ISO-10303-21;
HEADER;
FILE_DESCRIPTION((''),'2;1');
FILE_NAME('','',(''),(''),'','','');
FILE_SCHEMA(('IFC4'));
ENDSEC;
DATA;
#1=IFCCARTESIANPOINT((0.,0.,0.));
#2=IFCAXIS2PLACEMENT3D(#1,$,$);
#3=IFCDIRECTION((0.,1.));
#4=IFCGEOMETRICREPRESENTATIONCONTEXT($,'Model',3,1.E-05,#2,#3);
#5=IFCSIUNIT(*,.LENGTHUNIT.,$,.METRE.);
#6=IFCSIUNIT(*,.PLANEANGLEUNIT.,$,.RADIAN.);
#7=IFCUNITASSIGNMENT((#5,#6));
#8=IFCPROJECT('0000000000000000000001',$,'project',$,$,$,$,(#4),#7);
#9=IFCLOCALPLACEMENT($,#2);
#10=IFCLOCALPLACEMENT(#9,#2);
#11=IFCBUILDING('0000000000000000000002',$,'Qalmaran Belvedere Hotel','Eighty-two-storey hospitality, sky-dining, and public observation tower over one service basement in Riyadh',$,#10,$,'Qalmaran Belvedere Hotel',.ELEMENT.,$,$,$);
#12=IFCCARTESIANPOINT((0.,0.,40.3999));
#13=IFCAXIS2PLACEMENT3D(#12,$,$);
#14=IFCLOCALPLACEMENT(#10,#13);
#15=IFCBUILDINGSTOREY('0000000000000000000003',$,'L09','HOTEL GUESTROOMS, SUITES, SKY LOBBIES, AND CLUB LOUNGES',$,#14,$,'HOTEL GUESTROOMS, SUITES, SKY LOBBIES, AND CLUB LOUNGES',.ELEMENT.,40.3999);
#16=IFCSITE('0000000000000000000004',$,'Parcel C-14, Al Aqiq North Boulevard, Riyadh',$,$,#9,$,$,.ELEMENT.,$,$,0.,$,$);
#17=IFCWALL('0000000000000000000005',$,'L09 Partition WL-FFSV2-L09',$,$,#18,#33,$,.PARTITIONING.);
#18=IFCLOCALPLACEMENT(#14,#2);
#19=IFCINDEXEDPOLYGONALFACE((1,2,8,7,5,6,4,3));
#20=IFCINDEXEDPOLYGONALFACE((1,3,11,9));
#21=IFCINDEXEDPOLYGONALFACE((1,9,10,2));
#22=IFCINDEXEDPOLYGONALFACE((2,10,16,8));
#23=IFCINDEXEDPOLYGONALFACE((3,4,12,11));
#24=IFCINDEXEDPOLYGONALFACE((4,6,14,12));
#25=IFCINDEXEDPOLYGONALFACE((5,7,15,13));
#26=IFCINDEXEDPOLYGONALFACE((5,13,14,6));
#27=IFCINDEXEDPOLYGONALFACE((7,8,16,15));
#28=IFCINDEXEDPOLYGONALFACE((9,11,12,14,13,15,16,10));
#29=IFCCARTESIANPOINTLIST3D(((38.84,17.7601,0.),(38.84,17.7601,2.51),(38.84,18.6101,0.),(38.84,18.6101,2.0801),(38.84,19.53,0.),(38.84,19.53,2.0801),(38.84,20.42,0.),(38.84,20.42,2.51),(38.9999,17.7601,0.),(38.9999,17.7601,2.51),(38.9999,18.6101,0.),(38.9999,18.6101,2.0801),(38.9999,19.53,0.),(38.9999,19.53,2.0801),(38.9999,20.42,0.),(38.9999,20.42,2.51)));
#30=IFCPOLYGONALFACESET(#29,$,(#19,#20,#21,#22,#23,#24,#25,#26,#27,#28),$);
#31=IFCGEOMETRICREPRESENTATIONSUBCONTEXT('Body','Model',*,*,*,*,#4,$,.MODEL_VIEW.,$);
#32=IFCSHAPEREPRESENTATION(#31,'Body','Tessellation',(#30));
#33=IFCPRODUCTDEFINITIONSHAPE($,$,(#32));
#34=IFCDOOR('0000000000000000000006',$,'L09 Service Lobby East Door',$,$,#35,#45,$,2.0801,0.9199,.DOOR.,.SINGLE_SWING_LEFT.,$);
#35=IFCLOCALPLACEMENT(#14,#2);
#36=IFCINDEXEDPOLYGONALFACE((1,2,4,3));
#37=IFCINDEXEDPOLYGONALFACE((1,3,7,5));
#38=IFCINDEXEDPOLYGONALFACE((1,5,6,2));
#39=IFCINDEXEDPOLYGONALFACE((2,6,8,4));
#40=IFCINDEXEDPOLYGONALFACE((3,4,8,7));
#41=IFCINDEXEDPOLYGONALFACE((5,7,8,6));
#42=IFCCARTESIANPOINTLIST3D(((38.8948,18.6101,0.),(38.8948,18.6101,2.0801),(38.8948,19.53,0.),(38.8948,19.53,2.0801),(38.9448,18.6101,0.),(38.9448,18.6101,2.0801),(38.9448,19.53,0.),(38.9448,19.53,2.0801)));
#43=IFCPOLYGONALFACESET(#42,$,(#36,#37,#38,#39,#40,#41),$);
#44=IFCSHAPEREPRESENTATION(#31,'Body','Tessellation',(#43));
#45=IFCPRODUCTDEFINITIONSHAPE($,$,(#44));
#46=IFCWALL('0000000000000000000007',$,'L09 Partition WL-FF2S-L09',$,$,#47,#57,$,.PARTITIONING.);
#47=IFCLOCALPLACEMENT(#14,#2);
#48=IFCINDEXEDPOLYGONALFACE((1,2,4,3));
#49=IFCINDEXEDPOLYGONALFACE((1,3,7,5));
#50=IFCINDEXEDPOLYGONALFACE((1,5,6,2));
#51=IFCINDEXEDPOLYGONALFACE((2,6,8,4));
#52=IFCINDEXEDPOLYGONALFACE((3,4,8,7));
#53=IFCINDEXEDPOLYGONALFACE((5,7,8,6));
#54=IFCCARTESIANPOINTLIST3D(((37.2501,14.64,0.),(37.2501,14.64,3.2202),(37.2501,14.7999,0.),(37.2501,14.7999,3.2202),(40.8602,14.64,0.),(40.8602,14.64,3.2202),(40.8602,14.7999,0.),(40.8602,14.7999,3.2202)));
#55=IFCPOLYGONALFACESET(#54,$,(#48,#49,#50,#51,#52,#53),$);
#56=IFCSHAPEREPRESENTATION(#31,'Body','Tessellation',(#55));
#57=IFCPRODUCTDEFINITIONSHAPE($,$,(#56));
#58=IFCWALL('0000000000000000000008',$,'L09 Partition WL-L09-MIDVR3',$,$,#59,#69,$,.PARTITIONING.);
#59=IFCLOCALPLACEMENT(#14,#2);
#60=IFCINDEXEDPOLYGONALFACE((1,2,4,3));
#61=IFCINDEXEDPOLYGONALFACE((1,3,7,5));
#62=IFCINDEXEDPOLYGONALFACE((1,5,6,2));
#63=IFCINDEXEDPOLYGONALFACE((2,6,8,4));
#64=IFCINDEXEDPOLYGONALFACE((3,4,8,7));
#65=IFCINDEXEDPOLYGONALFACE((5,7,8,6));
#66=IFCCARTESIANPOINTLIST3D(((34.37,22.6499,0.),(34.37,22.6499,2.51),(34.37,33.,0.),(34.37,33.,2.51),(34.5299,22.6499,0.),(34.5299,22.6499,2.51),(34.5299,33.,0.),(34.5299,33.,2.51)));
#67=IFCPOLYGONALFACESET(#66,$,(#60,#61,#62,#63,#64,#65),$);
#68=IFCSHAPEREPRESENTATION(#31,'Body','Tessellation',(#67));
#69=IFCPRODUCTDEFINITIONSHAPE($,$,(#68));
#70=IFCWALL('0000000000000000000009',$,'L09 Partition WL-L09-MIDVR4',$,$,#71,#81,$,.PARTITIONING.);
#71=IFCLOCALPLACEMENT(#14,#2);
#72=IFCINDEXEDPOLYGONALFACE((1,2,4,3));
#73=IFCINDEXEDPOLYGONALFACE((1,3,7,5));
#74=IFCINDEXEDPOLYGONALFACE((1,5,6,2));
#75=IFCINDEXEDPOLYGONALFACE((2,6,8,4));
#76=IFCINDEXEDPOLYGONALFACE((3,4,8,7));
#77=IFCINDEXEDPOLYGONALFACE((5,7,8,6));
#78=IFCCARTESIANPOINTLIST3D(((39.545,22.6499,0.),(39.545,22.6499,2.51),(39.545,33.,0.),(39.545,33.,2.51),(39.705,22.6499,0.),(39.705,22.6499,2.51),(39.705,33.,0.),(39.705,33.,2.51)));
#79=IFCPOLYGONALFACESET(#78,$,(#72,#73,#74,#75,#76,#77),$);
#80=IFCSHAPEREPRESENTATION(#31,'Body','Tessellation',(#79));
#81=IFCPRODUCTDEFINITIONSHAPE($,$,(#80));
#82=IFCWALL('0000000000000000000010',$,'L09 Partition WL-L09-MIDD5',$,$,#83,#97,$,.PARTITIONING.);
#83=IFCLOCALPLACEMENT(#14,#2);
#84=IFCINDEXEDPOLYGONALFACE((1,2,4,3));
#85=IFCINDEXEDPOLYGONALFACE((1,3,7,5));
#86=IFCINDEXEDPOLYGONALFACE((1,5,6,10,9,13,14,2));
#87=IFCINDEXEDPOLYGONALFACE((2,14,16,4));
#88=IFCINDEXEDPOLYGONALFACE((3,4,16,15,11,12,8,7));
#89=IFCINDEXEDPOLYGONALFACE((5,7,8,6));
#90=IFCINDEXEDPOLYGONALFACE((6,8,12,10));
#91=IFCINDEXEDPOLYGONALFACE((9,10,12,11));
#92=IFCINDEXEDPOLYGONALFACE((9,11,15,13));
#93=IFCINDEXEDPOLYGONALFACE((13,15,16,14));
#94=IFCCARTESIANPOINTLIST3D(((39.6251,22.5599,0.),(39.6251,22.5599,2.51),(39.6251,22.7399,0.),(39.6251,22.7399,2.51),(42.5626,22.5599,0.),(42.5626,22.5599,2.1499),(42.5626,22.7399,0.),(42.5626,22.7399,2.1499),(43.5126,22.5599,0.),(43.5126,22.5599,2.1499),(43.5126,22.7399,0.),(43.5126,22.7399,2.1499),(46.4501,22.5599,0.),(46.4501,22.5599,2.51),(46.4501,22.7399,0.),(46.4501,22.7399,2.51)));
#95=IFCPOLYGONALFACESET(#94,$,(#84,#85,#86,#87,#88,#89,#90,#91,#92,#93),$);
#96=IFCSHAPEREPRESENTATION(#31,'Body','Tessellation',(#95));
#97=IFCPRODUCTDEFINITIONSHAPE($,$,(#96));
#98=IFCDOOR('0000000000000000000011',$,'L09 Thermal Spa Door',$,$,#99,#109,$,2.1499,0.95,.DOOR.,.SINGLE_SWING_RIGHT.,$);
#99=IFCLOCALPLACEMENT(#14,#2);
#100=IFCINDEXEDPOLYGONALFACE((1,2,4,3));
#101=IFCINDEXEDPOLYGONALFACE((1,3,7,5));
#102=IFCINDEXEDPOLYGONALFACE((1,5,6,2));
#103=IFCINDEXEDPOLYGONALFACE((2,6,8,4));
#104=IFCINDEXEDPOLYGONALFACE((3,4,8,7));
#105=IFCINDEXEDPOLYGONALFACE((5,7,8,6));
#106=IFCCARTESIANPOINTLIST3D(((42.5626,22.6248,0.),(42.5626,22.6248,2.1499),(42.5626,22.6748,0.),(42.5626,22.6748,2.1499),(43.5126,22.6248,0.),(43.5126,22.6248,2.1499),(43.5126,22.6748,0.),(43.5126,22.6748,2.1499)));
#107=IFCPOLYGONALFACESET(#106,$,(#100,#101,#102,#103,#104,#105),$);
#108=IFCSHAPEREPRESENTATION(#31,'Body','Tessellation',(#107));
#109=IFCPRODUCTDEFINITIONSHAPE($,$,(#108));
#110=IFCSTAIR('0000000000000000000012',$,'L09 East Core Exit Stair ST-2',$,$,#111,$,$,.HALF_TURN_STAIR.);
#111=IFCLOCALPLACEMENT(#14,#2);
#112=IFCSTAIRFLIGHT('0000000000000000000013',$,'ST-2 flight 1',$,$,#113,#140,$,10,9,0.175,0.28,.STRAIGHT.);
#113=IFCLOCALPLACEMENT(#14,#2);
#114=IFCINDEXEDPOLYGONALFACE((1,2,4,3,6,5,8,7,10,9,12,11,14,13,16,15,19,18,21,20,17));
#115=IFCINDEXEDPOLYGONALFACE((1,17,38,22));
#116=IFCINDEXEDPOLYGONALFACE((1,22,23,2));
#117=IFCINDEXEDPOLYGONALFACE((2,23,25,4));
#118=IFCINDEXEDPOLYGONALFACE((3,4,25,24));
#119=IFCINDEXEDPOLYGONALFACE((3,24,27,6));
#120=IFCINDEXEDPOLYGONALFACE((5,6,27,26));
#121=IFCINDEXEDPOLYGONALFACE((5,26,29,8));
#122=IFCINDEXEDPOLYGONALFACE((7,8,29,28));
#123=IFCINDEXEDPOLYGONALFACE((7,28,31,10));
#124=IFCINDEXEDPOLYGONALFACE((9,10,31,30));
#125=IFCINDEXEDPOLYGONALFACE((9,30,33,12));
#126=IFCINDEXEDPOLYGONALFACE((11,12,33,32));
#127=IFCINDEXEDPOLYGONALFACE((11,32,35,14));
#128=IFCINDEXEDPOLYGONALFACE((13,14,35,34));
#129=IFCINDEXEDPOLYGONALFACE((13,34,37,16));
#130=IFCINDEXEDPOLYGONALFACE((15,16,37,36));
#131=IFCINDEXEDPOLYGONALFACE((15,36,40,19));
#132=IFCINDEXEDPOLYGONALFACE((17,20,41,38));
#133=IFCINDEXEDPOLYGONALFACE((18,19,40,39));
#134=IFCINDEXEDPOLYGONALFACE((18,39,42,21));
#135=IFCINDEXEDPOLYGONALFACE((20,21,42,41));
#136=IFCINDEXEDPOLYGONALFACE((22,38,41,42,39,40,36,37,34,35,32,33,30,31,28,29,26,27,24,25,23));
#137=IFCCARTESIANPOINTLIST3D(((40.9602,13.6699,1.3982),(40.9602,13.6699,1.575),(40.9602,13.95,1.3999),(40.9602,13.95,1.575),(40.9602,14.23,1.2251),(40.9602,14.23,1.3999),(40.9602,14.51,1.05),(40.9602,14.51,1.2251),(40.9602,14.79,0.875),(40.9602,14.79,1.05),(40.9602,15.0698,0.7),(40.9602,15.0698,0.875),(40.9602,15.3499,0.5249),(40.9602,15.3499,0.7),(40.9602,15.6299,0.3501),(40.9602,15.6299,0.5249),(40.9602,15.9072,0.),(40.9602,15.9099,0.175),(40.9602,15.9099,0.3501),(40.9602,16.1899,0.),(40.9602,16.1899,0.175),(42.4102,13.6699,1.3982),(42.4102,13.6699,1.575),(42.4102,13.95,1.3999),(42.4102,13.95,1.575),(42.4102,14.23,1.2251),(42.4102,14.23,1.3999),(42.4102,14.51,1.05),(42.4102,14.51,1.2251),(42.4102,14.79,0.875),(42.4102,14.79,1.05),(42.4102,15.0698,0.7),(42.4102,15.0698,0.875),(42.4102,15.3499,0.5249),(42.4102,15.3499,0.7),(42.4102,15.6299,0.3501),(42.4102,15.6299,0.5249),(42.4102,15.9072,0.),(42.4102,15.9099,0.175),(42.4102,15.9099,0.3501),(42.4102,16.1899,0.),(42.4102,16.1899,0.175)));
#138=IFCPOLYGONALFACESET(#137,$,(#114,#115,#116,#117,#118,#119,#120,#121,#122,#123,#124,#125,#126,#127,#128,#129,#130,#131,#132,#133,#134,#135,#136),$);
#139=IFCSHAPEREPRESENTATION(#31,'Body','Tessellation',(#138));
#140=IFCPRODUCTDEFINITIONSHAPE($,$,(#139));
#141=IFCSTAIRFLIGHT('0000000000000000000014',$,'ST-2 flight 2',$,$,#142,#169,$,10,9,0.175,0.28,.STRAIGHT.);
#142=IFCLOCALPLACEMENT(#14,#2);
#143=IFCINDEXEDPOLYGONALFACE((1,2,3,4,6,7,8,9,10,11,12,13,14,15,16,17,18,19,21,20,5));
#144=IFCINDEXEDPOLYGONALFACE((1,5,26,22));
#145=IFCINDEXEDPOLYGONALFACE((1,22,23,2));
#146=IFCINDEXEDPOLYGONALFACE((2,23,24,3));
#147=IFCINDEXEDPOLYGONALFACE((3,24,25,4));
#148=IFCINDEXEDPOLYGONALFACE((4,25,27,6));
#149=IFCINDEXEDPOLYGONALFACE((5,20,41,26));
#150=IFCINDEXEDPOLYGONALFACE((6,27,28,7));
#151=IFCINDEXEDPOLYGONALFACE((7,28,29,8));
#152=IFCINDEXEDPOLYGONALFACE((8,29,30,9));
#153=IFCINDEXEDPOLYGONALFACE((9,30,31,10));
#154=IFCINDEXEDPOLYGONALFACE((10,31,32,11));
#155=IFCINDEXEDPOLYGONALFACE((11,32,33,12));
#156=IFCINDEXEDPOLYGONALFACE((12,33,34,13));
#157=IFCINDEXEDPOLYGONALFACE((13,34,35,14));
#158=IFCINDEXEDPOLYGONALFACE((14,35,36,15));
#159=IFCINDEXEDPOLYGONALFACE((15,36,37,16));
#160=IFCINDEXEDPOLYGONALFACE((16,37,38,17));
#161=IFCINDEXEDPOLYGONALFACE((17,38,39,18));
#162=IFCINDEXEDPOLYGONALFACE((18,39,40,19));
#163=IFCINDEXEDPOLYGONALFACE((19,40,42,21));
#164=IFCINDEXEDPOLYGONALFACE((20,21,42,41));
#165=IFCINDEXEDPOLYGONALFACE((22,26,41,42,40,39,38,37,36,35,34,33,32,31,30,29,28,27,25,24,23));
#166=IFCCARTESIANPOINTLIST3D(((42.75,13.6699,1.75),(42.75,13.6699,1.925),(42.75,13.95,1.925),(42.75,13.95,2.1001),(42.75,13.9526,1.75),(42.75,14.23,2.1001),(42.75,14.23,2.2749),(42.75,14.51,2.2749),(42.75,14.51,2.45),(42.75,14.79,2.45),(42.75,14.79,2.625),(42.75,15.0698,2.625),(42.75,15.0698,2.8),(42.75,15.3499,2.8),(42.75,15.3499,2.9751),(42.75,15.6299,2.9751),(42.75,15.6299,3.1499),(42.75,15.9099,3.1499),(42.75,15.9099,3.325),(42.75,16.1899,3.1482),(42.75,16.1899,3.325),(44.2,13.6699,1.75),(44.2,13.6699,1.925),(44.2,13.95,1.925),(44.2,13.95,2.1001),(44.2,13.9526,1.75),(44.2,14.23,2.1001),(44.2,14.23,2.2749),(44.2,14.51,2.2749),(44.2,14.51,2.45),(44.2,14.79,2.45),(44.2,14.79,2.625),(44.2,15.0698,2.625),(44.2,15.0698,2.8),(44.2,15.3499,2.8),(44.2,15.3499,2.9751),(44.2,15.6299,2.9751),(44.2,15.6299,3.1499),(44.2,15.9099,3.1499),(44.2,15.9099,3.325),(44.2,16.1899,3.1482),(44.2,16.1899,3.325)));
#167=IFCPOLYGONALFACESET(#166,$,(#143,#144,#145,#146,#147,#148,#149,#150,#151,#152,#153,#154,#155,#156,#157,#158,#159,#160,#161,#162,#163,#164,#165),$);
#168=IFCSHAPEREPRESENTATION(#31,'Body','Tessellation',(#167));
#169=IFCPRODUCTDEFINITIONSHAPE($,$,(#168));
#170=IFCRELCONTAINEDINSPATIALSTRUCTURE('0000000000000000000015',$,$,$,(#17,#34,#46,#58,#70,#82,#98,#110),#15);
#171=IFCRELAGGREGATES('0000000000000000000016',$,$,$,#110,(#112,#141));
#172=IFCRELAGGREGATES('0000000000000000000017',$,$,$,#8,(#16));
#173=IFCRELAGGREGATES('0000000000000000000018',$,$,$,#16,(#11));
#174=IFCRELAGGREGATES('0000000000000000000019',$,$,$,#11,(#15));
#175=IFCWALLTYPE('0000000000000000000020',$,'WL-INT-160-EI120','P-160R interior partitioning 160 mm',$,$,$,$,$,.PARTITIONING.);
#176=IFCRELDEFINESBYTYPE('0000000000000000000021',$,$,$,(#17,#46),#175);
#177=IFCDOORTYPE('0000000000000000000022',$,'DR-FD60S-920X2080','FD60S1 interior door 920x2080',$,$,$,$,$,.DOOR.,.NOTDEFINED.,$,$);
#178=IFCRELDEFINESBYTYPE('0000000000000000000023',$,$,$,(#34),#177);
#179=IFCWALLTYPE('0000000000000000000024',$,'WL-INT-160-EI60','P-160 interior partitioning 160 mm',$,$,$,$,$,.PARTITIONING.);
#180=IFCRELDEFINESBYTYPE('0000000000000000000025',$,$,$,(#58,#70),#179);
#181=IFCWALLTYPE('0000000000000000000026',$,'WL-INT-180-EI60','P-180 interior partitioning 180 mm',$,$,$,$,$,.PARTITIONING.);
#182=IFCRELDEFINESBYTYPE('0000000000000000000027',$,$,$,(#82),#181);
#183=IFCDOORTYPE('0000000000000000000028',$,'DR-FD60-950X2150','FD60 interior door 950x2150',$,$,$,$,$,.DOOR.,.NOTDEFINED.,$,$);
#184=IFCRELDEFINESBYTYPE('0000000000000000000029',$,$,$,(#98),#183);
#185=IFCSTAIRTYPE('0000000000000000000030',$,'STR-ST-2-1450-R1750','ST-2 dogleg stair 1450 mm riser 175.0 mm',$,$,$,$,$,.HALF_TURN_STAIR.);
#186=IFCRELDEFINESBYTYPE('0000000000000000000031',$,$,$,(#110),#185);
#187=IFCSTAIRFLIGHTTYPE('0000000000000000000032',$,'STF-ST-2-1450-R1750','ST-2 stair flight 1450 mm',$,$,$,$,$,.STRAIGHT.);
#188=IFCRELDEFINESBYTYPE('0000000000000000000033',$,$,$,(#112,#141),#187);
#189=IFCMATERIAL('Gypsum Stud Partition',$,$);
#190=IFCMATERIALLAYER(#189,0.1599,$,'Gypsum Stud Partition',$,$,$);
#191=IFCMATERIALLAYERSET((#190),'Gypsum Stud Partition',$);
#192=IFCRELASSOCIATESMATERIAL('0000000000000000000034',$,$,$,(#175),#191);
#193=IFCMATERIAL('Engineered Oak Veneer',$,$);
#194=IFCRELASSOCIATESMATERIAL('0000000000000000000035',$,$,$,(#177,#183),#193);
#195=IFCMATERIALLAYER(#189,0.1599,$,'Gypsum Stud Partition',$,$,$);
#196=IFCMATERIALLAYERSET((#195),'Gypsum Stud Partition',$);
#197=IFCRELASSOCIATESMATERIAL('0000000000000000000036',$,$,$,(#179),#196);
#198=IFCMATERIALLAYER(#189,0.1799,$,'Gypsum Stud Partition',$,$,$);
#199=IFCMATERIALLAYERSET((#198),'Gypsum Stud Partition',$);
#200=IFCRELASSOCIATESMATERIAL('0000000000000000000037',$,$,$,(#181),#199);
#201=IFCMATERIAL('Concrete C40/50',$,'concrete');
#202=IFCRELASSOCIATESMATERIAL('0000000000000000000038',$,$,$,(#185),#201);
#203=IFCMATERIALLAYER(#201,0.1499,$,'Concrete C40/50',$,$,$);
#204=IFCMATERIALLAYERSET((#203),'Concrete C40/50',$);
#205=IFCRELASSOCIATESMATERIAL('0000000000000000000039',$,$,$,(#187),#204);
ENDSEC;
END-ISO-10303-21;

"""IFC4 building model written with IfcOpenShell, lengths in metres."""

from ifc_helpers import new_model, si_unit, direction, frame, frame_2d, origin, place, context, subcontext, project, spatial, polyline, rectangle, outline, extrude, material, layer, layer_set, type_object, element, fill, aggregate, save


model = new_model("IFC4")

# Units and contexts
model_context = context("Model", 3, precision=1e-05, world=origin(), true_north=direction((0.0, 1.0)))
body_context = subcontext(model_context, "Body", "Model", "MODEL_VIEW")
ifc_project = project(units=[si_unit("LENGTHUNIT", "METRE"), si_unit("PLANEANGLEUNIT", "RADIAN")], contexts=[model_context])

# Site, building, storey
site_placement = place(None, origin())
site = spatial("IfcSite", under=ifc_project, at=site_placement, Name="Parcel C-14, Al Aqiq North Boulevard, Riyadh", CompositionType="ELEMENT", RefElevation=0.0)
building_placement = place(site_placement, origin())
building = spatial("IfcBuilding", under=site, at=building_placement, Name="Qalmaran Belvedere Hotel", Description="Eighty-two-storey hospitality, sky-dining, and public observation tower over one service basement in Riyadh", LongName="Qalmaran Belvedere Hotel", CompositionType="ELEMENT")
storey_placement = place(building_placement, frame((0.0, 0.0, 40.3999)))
storey = spatial("IfcBuildingStorey", under=building, at=storey_placement, Name="L09", Description="HOTEL GUESTROOMS, SUITES, SKY LOBBIES, AND CLUB LOUNGES", LongName="HOTEL GUESTROOMS, SUITES, SKY LOBBIES, AND CLUB LOUNGES", CompositionType="ELEMENT", Elevation=40.3999)

# Shared definitions
ifc_material_1 = material(Name="Gypsum Stud Partition")

# Wall, opening, door
ifc_layer_1 = layer(ifc_material_1, 0.1599, Name="Gypsum Stud Partition")
ifc_layer_set_1 = layer_set([ifc_layer_1], Name="Gypsum Stud Partition")
wall_type_1 = type_object("IfcWallType", Name="WL-INT-160-EI120", Description="P-160R interior partitioning 160 mm", PredefinedType="PARTITIONING", material=ifc_layer_set_1)
wall_1_placement = place(storey_placement, frame((38.9199, 17.76, 0.0), z_axis=(0.0, 0.0, 1.0), x_axis=(0.0, 1.0, 0.0)))
wall_1 = element("IfcWall", 1, at=wall_1_placement, inside=storey, type_object=wall_type_1, Name="L09 Partition WL-FFSV2-L09", PredefinedType="PARTITIONING", context=body_context, shape_type="SweptSolid", body=[
    extrude(rectangle(XDim=2.6599, YDim=0.1599, at=frame_2d((1.3301, 0.0))), origin(), (0.0, 0.0, 1.0), 2.51),
])
opening_1_placement = place(wall_1_placement, frame((1.77, 0.0, 0.0), z_axis=(0.0, 0.0, 1.0), x_axis=(-1.0, 0.0, 0.0)))
opening_1 = element("IfcOpeningElement", 2, at=opening_1_placement, cuts=wall_1, PredefinedType="OPENING", context=body_context, shape_type="SweptSolid", body=[
    extrude(rectangle(XDim=0.9199, YDim=2.0801, at=frame_2d((0.46, 1.04))), frame((0.0, 0.0898, 0.0), z_axis=(0.0, -1.0, 0.0), x_axis=(1.0, 0.0, 0.0)), (0.0, 0.0, 1.0), 0.1799),
])
ifc_material_2 = material(Name="Engineered Oak Veneer")
door_type_1 = type_object("IfcDoorType", Name="DR-FD60S-920X2080", Description="FD60S1 interior door 920x2080", OperationType="NOTDEFINED", PredefinedType="DOOR", material=ifc_material_2)
door_1_placement = place(opening_1_placement, origin())
door_1 = element("IfcDoor", 3, at=door_1_placement, inside=storey, type_object=door_type_1, Name="L09 Service Lobby East Door", OperationType="SINGLE_SWING_LEFT", OverallHeight=2.0801, OverallWidth=0.9199, PredefinedType="DOOR", context=body_context, shape_type="SweptSolid", body=[
    extrude(rectangle(XDim=0.9199, YDim=2.0801, at=frame_2d((0.46, 1.04))), frame((0.0, 0.0249, 0.0), z_axis=(0.0, -1.0, 0.0), x_axis=(1.0, 0.0, 0.0)), (0.0, 0.0, 1.0), 0.05),
])
fill(opening_1, door_1)

# Walls
wall_2_placement = place(storey_placement, frame((37.25, 14.72, 0.0), z_axis=(0.0, 0.0, 1.0), x_axis=(1.0, 0.0, 0.0)))
element("IfcWall", 4, at=wall_2_placement, inside=storey, type_object=wall_type_1, Name="L09 Partition WL-FF2S-L09", PredefinedType="PARTITIONING", context=body_context, shape_type="SweptSolid", body=[
    extrude(rectangle(XDim=3.6101, YDim=0.1599, at=frame_2d((1.8052, 0.0))), origin(), (0.0, 0.0, 1.0), 3.2202),
])
ifc_layer_2 = layer(ifc_material_1, 0.1599, Name="Gypsum Stud Partition")
ifc_layer_set_2 = layer_set([ifc_layer_2], Name="Gypsum Stud Partition")
wall_type_2 = type_object("IfcWallType", Name="WL-INT-160-EI60", Description="P-160 interior partitioning 160 mm", PredefinedType="PARTITIONING", material=ifc_layer_set_2)
for number, where, z_axis, x_axis, name in (
    (5, (34.45, 22.6499, 0.0), (0.0, 0.0, 1.0), (0.0, 1.0, 0.0), "L09 Partition WL-L09-MIDVR3"),
    (6, (39.625, 22.6499, 0.0), (0.0, 0.0, 1.0), (0.0, 1.0, 0.0), "L09 Partition WL-L09-MIDVR4"),
):
    element("IfcWall", number, at=place(storey_placement, frame(where, z_axis=z_axis, x_axis=x_axis)), inside=storey, type_object=wall_type_2, Name=name, PredefinedType="PARTITIONING", context=body_context, shape_type="SweptSolid", body=[
        extrude(rectangle(XDim=10.3501, YDim=0.1599, at=frame_2d((5.175, 0.0))), origin(), (0.0, 0.0, 1.0), 2.51),
    ])

# Wall, opening, door
ifc_layer_3 = layer(ifc_material_1, 0.1799, Name="Gypsum Stud Partition")
ifc_layer_set_3 = layer_set([ifc_layer_3], Name="Gypsum Stud Partition")
wall_type_3 = type_object("IfcWallType", Name="WL-INT-180-EI60", Description="P-180 interior partitioning 180 mm", PredefinedType="PARTITIONING", material=ifc_layer_set_3)
door_type_2 = type_object("IfcDoorType", Name="DR-FD60-950X2150", Description="FD60 interior door 950x2150", OperationType="NOTDEFINED", PredefinedType="DOOR", material=ifc_material_2)
wall_3_placement = place(storey_placement, frame((39.625, 22.6499, 0.0), z_axis=(0.0, 0.0, 1.0), x_axis=(1.0, 0.0, 0.0)))
wall_3 = element("IfcWall", 7, at=wall_3_placement, inside=storey, type_object=wall_type_3, Name="L09 Partition WL-L09-MIDD5", PredefinedType="PARTITIONING", context=body_context, shape_type="SweptSolid", body=[
    extrude(rectangle(XDim=6.825, YDim=0.1799, at=frame_2d((3.4126, 0.0))), origin(), (0.0, 0.0, 1.0), 2.51),
])
opening_2_placement = place(wall_3_placement, frame((2.9375, 0.0, 0.0)))
opening_2 = element("IfcOpeningElement", 8, at=opening_2_placement, cuts=wall_3, PredefinedType="OPENING", context=body_context, shape_type="SweptSolid", body=[
    extrude(rectangle(XDim=0.95, YDim=2.1499, at=frame_2d((0.4751, 1.075))), frame((0.0, 0.1001, 0.0), z_axis=(0.0, -1.0, 0.0), x_axis=(1.0, 0.0, 0.0)), (0.0, 0.0, 1.0), 0.2),
])
door_2_placement = place(opening_2_placement, origin())
door_2 = element("IfcDoor", 9, at=door_2_placement, inside=storey, type_object=door_type_2, Name="L09 Thermal Spa Door", OperationType="SINGLE_SWING_RIGHT", OverallHeight=2.1499, OverallWidth=0.95, PredefinedType="DOOR", context=body_context, shape_type="SweptSolid", body=[
    extrude(rectangle(XDim=0.95, YDim=2.1499, at=frame_2d((0.4751, 1.075))), frame((0.0, 0.0249, 0.0), z_axis=(0.0, -1.0, 0.0), x_axis=(1.0, 0.0, 0.0)), (0.0, 0.0, 1.0), 0.05),
])
fill(opening_2, door_2)

# Stair, stair flights
ifc_material_3 = material(Name="Concrete C40/50", Category="concrete")
stair_type = type_object("IfcStairType", Name="STR-ST-2-1450-R1750", Description="ST-2 dogleg stair 1450 mm riser 175.0 mm", PredefinedType="HALF_TURN_STAIR", material=ifc_material_3)
stair_placement = place(storey_placement, origin())
stair = element("IfcStair", 10, at=stair_placement, inside=storey, type_object=stair_type, Name="L09 East Core Exit Stair ST-2", PredefinedType="HALF_TURN_STAIR")
ifc_layer_4 = layer(ifc_material_3, 0.1499, Name="Concrete C40/50")
ifc_layer_set_4 = layer_set([ifc_layer_4], Name="Concrete C40/50")
stair_flight_type = type_object("IfcStairFlightType", Name="STF-ST-2-1450-R1750", Description="ST-2 stair flight 1450 mm", PredefinedType="STRAIGHT", material=ifc_layer_set_4)
stair_flight_1_placement = place(storey_placement, frame((41.6851, 16.1899, 0.0), z_axis=(0.0, 0.0, 1.0), x_axis=(0.0, -1.0, 0.0)))
stair_flight_1 = element("IfcStairFlight", 11, at=stair_flight_1_placement, type_object=stair_flight_type, Name="ST-2 flight 1", NumberOfRisers=10, NumberOfTreads=9, PredefinedType="STRAIGHT", RiserHeight=0.175, TreadLength=0.28, context=body_context, shape_type="SweptSolid", body=[
    extrude(outline(polyline([(0.0, 0.0), (0.0, 0.175), (0.28, 0.175), (0.28, 0.3501), (0.5601, 0.3501), (0.5601, 0.5249), (0.8401, 0.5249), (0.8401, 0.7), (1.1201, 0.7), (1.1201, 0.875), (1.3999, 0.875), (1.3999, 1.05), (1.6799, 1.05), (1.6799, 1.2251), (1.96, 1.2251), (1.96, 1.3999), (2.24, 1.3999), (2.24, 1.575), (2.52, 1.575), (2.52, 1.75), (2.52, 1.3982), (0.2827, 0.0), (0.0, 0.0)])), frame((0.0, 0.7251, 0.0), z_axis=(0.0, -1.0, 0.0), x_axis=(1.0, 0.0, 0.0)), (0.0, 0.0, 1.0), 1.45),
])
stair_flight_2_placement = place(storey_placement, frame((43.4751, 13.6699, 1.75), z_axis=(0.0, 0.0, 1.0), x_axis=(0.0, 1.0, 0.0)))
stair_flight_2 = element("IfcStairFlight", 12, at=stair_flight_2_placement, type_object=stair_flight_type, Name="ST-2 flight 2", NumberOfRisers=10, NumberOfTreads=9, PredefinedType="STRAIGHT", RiserHeight=0.175, TreadLength=0.28, context=body_context, shape_type="SweptSolid", body=[
    extrude(outline(polyline([(0.0, 0.0), (0.0, 0.175), (0.28, 0.175), (0.28, 0.3501), (0.5601, 0.3501), (0.5601, 0.5249), (0.8401, 0.5249), (0.8401, 0.7), (1.1201, 0.7), (1.1201, 0.875), (1.3999, 0.875), (1.3999, 1.05), (1.6799, 1.05), (1.6799, 1.2251), (1.96, 1.2251), (1.96, 1.3999), (2.24, 1.3999), (2.24, 1.575), (2.52, 1.575), (2.52, 1.75), (2.52, 1.3982), (0.2827, 0.0), (0.0, 0.0)])), frame((0.0, 0.7251, 0.0), z_axis=(0.0, -1.0, 0.0), x_axis=(1.0, 0.0, 0.0)), (0.0, 0.0, 1.0), 1.45),
])
aggregate(stair, [stair_flight_1, stair_flight_2])

save(model, "model.ifc")
